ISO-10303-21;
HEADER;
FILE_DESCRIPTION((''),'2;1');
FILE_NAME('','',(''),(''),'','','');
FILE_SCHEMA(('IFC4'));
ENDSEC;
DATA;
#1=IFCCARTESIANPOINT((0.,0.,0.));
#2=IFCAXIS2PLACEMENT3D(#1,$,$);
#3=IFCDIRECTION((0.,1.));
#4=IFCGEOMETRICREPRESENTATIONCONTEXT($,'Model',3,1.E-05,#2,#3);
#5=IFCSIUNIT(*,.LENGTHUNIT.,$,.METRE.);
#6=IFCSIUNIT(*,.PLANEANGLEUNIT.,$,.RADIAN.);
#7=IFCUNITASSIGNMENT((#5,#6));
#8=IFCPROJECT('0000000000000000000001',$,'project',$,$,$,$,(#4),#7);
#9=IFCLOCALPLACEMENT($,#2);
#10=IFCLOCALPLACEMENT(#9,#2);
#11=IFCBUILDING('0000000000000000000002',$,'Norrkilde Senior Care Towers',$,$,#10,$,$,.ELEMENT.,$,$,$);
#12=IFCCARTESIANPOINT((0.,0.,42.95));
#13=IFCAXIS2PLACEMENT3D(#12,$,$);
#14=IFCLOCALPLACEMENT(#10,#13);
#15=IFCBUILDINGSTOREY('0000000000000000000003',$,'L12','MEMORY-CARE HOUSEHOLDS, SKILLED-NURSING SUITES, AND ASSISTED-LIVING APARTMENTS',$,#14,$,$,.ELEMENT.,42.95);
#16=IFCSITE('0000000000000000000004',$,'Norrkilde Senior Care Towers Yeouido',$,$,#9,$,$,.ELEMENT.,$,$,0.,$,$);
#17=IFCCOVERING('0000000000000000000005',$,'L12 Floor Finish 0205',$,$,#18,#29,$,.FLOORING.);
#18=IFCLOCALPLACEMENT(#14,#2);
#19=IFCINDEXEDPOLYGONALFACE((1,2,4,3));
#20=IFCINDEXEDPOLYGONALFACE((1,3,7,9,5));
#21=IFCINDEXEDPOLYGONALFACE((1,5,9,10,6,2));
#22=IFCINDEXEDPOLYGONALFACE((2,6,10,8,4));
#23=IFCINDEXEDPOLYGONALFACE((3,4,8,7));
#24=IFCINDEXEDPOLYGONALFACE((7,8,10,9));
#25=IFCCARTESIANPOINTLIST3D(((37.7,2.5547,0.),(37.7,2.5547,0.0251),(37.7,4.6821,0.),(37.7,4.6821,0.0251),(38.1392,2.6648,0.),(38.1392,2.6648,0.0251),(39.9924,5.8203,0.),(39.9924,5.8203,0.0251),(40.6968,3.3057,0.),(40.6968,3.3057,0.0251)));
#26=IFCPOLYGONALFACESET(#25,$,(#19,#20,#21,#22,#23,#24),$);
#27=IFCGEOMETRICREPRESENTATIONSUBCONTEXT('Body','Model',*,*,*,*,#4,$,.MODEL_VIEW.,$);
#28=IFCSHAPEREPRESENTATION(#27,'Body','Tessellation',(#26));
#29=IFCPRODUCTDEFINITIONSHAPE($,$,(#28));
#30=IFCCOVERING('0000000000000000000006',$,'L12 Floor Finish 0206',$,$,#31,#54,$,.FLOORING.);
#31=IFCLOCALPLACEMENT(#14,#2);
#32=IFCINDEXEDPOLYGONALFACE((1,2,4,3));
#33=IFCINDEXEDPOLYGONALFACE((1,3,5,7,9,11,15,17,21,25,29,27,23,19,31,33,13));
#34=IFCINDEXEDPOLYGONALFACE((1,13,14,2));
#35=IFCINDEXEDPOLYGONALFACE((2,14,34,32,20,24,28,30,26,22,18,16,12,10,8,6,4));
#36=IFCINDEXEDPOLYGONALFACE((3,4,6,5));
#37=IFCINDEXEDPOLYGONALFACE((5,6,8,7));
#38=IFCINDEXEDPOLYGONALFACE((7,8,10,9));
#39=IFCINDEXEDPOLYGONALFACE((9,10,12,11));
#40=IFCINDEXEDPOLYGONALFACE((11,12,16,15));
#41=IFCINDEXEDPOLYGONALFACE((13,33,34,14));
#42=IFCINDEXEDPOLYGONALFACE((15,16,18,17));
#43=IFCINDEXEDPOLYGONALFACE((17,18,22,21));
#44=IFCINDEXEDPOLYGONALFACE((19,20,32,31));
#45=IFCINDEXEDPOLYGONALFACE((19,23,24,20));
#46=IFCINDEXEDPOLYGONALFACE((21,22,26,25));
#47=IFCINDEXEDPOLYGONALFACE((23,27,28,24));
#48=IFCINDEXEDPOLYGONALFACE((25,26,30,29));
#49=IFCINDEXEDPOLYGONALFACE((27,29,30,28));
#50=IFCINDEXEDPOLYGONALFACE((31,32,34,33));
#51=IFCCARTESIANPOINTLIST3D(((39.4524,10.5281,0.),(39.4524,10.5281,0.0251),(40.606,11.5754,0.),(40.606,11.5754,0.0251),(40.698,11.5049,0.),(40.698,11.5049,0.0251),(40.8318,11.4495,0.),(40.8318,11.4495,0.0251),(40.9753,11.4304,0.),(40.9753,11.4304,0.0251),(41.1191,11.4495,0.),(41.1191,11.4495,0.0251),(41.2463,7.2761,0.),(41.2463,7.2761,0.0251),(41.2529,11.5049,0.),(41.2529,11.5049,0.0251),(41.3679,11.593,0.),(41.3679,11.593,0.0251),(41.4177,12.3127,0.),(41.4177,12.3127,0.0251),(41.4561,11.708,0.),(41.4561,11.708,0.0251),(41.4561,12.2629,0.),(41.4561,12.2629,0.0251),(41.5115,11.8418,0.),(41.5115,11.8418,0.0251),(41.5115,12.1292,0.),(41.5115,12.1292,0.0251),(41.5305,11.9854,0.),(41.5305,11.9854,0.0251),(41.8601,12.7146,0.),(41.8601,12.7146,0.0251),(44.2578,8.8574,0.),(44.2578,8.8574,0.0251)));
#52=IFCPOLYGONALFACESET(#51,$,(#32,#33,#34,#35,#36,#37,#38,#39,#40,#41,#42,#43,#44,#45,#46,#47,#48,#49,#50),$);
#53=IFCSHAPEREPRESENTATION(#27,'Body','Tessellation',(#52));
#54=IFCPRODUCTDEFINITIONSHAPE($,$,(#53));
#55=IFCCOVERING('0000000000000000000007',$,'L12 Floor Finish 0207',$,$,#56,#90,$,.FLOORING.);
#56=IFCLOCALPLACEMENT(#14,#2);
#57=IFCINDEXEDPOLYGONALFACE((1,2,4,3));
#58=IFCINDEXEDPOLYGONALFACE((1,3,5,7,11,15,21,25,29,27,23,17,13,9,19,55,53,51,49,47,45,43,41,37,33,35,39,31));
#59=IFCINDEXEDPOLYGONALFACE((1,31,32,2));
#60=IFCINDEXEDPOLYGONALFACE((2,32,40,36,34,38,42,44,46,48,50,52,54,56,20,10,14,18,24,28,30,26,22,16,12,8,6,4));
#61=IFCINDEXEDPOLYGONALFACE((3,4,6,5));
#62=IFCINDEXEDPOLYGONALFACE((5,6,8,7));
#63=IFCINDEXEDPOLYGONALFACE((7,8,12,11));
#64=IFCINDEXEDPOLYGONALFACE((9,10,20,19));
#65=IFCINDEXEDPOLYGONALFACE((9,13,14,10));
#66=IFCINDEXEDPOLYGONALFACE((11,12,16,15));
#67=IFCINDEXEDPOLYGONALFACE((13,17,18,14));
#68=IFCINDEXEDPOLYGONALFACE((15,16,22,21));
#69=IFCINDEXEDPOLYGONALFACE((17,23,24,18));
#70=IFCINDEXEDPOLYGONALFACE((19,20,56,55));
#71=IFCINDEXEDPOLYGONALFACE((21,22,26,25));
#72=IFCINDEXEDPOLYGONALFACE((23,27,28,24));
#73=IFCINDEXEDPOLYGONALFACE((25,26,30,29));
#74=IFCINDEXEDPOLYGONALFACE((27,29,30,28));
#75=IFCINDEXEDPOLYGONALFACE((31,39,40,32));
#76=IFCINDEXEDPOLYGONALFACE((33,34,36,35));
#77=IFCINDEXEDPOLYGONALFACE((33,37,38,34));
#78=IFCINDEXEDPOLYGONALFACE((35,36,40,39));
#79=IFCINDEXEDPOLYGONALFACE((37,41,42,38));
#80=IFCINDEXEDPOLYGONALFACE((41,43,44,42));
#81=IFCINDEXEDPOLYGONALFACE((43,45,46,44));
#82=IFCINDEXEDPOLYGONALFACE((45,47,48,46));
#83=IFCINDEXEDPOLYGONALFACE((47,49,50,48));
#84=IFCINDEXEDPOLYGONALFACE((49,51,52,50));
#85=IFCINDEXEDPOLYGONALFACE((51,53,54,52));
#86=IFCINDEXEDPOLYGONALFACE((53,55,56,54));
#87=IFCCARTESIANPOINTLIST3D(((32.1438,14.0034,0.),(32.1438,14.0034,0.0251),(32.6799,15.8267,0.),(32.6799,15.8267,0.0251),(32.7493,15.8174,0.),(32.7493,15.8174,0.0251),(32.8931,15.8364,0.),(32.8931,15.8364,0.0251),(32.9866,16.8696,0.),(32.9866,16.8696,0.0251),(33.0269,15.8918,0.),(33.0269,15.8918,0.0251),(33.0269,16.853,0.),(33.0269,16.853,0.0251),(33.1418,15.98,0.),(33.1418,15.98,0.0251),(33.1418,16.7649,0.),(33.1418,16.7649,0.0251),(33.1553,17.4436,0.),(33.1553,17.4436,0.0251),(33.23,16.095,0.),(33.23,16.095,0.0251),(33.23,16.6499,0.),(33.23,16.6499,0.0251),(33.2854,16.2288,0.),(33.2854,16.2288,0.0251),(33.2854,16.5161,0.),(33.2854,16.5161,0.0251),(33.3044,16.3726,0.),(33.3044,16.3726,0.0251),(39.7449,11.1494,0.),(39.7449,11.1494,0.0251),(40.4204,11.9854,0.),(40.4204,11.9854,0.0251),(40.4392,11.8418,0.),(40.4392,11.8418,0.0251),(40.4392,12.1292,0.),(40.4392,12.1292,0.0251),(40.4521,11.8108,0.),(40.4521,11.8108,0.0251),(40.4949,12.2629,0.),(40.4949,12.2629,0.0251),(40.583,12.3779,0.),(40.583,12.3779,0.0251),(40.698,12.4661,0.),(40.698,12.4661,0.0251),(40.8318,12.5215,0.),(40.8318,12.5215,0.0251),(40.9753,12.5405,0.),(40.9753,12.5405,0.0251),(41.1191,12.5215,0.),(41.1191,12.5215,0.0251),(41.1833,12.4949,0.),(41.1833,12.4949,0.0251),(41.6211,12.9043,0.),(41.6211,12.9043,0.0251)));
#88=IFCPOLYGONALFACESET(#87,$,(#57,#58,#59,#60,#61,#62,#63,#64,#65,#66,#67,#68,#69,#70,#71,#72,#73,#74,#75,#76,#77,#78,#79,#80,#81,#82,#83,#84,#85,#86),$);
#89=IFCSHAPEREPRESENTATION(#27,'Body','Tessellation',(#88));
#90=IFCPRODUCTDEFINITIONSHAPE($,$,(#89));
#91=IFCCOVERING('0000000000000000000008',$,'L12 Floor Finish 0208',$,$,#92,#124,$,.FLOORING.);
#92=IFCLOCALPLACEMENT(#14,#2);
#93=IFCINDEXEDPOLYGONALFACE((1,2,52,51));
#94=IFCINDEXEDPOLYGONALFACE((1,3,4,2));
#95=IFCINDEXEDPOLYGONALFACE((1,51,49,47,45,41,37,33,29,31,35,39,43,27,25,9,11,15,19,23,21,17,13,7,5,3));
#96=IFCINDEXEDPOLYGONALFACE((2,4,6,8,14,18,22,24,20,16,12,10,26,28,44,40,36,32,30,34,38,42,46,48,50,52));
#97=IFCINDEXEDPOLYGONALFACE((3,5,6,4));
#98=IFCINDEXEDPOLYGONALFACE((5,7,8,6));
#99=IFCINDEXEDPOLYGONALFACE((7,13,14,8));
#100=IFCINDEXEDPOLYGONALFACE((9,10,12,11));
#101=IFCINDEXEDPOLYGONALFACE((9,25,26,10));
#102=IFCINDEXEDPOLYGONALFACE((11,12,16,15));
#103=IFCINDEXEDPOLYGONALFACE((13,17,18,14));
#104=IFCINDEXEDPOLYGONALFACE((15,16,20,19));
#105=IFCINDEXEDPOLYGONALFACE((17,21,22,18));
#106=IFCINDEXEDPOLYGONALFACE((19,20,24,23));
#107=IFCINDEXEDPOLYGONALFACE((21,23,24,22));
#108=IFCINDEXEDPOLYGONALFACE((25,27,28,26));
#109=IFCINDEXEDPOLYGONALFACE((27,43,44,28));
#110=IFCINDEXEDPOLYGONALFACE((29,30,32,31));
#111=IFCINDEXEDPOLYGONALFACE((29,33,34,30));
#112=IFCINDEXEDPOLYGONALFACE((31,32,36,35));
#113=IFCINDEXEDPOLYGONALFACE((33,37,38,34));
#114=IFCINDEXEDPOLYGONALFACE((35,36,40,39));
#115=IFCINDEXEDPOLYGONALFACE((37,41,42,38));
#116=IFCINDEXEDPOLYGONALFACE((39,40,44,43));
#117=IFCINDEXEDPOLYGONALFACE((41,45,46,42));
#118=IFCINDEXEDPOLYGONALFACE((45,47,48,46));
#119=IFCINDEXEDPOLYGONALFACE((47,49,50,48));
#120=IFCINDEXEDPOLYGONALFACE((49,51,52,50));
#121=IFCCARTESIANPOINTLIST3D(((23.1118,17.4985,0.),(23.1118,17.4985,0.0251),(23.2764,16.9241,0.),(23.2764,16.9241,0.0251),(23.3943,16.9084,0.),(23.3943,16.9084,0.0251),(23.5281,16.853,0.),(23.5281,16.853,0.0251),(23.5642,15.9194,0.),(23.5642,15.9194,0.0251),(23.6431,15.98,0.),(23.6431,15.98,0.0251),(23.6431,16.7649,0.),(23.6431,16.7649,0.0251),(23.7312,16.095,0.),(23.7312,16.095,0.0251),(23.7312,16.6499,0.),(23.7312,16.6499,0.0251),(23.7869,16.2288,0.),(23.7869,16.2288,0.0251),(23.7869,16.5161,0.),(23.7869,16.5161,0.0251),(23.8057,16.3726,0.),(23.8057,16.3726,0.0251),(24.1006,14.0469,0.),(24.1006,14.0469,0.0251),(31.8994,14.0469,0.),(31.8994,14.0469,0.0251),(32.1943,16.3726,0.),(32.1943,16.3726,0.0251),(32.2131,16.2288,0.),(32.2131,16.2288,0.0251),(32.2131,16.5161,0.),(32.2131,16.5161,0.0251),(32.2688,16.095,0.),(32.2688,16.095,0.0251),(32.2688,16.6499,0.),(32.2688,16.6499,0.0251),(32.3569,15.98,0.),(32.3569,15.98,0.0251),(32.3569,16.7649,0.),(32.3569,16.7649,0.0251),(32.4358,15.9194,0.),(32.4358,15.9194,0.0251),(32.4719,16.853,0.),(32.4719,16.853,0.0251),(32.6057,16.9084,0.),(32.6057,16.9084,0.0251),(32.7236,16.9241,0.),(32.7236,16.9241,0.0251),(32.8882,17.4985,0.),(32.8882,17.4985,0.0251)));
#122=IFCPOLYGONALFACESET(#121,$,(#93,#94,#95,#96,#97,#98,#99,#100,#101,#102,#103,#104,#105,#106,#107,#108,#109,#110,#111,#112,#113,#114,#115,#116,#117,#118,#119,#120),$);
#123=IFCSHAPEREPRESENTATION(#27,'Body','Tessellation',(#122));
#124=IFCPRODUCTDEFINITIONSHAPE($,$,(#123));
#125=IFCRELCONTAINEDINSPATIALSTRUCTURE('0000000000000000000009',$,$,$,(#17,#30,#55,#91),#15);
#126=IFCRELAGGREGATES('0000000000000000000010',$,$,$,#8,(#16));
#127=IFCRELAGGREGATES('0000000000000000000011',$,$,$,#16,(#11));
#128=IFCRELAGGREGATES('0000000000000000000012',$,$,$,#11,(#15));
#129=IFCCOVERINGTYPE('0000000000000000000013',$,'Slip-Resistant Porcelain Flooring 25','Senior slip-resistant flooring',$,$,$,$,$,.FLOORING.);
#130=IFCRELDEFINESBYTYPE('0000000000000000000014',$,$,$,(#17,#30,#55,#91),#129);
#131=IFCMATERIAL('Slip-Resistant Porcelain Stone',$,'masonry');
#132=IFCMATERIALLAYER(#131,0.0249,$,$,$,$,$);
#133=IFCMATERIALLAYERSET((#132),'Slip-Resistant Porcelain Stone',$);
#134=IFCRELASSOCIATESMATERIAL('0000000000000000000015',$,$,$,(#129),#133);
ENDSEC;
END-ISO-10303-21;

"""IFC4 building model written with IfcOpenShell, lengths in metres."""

from ifc_helpers import new_model, si_unit, direction, frame, origin, place, context, subcontext, project, spatial, polyline, outline, extrude, material, layer, layer_set, type_object, element, save


model = new_model("IFC4")

# Units and contexts
model_context = context("Model", 3, precision=1e-05, world=origin(), true_north=direction((0.0, 1.0)))
body_context = subcontext(model_context, "Body", "Model", "MODEL_VIEW")
ifc_project = project(units=[si_unit("LENGTHUNIT", "METRE"), si_unit("PLANEANGLEUNIT", "RADIAN")], contexts=[model_context])

# Site, building, storey
site_placement = place(None, origin())
site = spatial("IfcSite", under=ifc_project, at=site_placement, Name="Norrkilde Senior Care Towers Yeouido", CompositionType="ELEMENT", RefElevation=0.0)
building_placement = place(site_placement, origin())
building = spatial("IfcBuilding", under=site, at=building_placement, Name="Norrkilde Senior Care Towers", CompositionType="ELEMENT")
storey_placement = place(building_placement, frame((0.0, 0.0, 42.95)))
storey = spatial("IfcBuildingStorey", under=building, at=storey_placement, Name="L12", Description="MEMORY-CARE HOUSEHOLDS, SKILLED-NURSING SUITES, AND ASSISTED-LIVING APARTMENTS", CompositionType="ELEMENT", Elevation=42.95)

# Coverings
ifc_material_1 = material(Name="Slip-Resistant Porcelain Stone", Category="masonry")
ifc_layer_1 = layer(ifc_material_1, 0.0249)
ifc_layer_set_1 = layer_set([ifc_layer_1], Name="Slip-Resistant Porcelain Stone")
covering_type_1 = type_object("IfcCoveringType", Name="Slip-Resistant Porcelain Flooring 25", Description="Senior slip-resistant flooring", PredefinedType="FLOORING", material=ifc_layer_set_1)
covering_1_placement = place(storey_placement, origin())
element("IfcCovering", 1, at=covering_1_placement, inside=storey, type_object=covering_type_1, Name="L12 Floor Finish 0205", PredefinedType="FLOORING", context=body_context, shape_type="SweptSolid", body=[
    extrude(outline(polyline([(39.9924, 5.8203), (40.6968, 3.3057), (38.1392, 2.6648), (37.7, 2.5547), (37.7, 4.6821), (39.9924, 5.8203)])), origin(), (0.0, 0.0, 1.0), 0.0251),
])
covering_2_placement = place(storey_placement, origin())
element("IfcCovering", 2, at=covering_2_placement, inside=storey, type_object=covering_type_1, Name="L12 Floor Finish 0206", PredefinedType="FLOORING", context=body_context, shape_type="SweptSolid", body=[
    extrude(outline(polyline([(40.606, 11.5754), (40.698, 11.5049), (40.8318, 11.4495), (40.9753, 11.4304), (41.1191, 11.4495), (41.2529, 11.5049), (41.3679, 11.593), (41.4561, 11.708), (41.5115, 11.8418), (41.5305, 11.9854), (41.5115, 12.1292), (41.4561, 12.2629), (41.4177, 12.3127), (41.8601, 12.7146), (44.2578, 8.8574), (41.2463, 7.2761), (39.4524, 10.5281), (40.606, 11.5754)])), origin(), (0.0, 0.0, 1.0), 0.0251),
])
covering_3_placement = place(storey_placement, origin())
element("IfcCovering", 3, at=covering_3_placement, inside=storey, type_object=covering_type_1, Name="L12 Floor Finish 0207", PredefinedType="FLOORING", context=body_context, shape_type="SweptSolid", body=[
    extrude(outline(polyline([(41.1833, 12.4949), (41.1191, 12.5215), (40.9753, 12.5405), (40.8318, 12.5215), (40.698, 12.4661), (40.583, 12.3779), (40.4949, 12.2629), (40.4392, 12.1292), (40.4204, 11.9854), (40.4392, 11.8418), (40.4521, 11.8108), (39.7449, 11.1494), (32.1438, 14.0034), (32.6799, 15.8267), (32.7493, 15.8174), (32.8931, 15.8364), (33.0269, 15.8918), (33.1418, 15.98), (33.23, 16.095), (33.2854, 16.2288), (33.3044, 16.3726), (33.2854, 16.5161), (33.23, 16.6499), (33.1418, 16.7649), (33.0269, 16.853), (32.9866, 16.8696), (33.1553, 17.4436), (41.6211, 12.9043), (41.1833, 12.4949)])), origin(), (0.0, 0.0, 1.0), 0.0251),
])
covering_4_placement = place(storey_placement, origin())
element("IfcCovering", 4, at=covering_4_placement, inside=storey, type_object=covering_type_1, Name="L12 Floor Finish 0208", PredefinedType="FLOORING", context=body_context, shape_type="SweptSolid", body=[
    extrude(outline(polyline([(32.7236, 16.9241), (32.6057, 16.9084), (32.4719, 16.853), (32.3569, 16.7649), (32.2688, 16.6499), (32.2131, 16.5161), (32.1943, 16.3726), (32.2131, 16.2288), (32.2688, 16.095), (32.3569, 15.98), (32.4358, 15.9194), (31.8994, 14.0469), (24.1006, 14.0469), (23.5642, 15.9194), (23.6431, 15.98), (23.7312, 16.095), (23.7869, 16.2288), (23.8057, 16.3726), (23.7869, 16.5161), (23.7312, 16.6499), (23.6431, 16.7649), (23.5281, 16.853), (23.3943, 16.9084), (23.2764, 16.9241), (23.1118, 17.4985), (32.8882, 17.4985), (32.7236, 16.9241)])), origin(), (0.0, 0.0, 1.0), 0.0251),
])

save(model, "model.ifc")
